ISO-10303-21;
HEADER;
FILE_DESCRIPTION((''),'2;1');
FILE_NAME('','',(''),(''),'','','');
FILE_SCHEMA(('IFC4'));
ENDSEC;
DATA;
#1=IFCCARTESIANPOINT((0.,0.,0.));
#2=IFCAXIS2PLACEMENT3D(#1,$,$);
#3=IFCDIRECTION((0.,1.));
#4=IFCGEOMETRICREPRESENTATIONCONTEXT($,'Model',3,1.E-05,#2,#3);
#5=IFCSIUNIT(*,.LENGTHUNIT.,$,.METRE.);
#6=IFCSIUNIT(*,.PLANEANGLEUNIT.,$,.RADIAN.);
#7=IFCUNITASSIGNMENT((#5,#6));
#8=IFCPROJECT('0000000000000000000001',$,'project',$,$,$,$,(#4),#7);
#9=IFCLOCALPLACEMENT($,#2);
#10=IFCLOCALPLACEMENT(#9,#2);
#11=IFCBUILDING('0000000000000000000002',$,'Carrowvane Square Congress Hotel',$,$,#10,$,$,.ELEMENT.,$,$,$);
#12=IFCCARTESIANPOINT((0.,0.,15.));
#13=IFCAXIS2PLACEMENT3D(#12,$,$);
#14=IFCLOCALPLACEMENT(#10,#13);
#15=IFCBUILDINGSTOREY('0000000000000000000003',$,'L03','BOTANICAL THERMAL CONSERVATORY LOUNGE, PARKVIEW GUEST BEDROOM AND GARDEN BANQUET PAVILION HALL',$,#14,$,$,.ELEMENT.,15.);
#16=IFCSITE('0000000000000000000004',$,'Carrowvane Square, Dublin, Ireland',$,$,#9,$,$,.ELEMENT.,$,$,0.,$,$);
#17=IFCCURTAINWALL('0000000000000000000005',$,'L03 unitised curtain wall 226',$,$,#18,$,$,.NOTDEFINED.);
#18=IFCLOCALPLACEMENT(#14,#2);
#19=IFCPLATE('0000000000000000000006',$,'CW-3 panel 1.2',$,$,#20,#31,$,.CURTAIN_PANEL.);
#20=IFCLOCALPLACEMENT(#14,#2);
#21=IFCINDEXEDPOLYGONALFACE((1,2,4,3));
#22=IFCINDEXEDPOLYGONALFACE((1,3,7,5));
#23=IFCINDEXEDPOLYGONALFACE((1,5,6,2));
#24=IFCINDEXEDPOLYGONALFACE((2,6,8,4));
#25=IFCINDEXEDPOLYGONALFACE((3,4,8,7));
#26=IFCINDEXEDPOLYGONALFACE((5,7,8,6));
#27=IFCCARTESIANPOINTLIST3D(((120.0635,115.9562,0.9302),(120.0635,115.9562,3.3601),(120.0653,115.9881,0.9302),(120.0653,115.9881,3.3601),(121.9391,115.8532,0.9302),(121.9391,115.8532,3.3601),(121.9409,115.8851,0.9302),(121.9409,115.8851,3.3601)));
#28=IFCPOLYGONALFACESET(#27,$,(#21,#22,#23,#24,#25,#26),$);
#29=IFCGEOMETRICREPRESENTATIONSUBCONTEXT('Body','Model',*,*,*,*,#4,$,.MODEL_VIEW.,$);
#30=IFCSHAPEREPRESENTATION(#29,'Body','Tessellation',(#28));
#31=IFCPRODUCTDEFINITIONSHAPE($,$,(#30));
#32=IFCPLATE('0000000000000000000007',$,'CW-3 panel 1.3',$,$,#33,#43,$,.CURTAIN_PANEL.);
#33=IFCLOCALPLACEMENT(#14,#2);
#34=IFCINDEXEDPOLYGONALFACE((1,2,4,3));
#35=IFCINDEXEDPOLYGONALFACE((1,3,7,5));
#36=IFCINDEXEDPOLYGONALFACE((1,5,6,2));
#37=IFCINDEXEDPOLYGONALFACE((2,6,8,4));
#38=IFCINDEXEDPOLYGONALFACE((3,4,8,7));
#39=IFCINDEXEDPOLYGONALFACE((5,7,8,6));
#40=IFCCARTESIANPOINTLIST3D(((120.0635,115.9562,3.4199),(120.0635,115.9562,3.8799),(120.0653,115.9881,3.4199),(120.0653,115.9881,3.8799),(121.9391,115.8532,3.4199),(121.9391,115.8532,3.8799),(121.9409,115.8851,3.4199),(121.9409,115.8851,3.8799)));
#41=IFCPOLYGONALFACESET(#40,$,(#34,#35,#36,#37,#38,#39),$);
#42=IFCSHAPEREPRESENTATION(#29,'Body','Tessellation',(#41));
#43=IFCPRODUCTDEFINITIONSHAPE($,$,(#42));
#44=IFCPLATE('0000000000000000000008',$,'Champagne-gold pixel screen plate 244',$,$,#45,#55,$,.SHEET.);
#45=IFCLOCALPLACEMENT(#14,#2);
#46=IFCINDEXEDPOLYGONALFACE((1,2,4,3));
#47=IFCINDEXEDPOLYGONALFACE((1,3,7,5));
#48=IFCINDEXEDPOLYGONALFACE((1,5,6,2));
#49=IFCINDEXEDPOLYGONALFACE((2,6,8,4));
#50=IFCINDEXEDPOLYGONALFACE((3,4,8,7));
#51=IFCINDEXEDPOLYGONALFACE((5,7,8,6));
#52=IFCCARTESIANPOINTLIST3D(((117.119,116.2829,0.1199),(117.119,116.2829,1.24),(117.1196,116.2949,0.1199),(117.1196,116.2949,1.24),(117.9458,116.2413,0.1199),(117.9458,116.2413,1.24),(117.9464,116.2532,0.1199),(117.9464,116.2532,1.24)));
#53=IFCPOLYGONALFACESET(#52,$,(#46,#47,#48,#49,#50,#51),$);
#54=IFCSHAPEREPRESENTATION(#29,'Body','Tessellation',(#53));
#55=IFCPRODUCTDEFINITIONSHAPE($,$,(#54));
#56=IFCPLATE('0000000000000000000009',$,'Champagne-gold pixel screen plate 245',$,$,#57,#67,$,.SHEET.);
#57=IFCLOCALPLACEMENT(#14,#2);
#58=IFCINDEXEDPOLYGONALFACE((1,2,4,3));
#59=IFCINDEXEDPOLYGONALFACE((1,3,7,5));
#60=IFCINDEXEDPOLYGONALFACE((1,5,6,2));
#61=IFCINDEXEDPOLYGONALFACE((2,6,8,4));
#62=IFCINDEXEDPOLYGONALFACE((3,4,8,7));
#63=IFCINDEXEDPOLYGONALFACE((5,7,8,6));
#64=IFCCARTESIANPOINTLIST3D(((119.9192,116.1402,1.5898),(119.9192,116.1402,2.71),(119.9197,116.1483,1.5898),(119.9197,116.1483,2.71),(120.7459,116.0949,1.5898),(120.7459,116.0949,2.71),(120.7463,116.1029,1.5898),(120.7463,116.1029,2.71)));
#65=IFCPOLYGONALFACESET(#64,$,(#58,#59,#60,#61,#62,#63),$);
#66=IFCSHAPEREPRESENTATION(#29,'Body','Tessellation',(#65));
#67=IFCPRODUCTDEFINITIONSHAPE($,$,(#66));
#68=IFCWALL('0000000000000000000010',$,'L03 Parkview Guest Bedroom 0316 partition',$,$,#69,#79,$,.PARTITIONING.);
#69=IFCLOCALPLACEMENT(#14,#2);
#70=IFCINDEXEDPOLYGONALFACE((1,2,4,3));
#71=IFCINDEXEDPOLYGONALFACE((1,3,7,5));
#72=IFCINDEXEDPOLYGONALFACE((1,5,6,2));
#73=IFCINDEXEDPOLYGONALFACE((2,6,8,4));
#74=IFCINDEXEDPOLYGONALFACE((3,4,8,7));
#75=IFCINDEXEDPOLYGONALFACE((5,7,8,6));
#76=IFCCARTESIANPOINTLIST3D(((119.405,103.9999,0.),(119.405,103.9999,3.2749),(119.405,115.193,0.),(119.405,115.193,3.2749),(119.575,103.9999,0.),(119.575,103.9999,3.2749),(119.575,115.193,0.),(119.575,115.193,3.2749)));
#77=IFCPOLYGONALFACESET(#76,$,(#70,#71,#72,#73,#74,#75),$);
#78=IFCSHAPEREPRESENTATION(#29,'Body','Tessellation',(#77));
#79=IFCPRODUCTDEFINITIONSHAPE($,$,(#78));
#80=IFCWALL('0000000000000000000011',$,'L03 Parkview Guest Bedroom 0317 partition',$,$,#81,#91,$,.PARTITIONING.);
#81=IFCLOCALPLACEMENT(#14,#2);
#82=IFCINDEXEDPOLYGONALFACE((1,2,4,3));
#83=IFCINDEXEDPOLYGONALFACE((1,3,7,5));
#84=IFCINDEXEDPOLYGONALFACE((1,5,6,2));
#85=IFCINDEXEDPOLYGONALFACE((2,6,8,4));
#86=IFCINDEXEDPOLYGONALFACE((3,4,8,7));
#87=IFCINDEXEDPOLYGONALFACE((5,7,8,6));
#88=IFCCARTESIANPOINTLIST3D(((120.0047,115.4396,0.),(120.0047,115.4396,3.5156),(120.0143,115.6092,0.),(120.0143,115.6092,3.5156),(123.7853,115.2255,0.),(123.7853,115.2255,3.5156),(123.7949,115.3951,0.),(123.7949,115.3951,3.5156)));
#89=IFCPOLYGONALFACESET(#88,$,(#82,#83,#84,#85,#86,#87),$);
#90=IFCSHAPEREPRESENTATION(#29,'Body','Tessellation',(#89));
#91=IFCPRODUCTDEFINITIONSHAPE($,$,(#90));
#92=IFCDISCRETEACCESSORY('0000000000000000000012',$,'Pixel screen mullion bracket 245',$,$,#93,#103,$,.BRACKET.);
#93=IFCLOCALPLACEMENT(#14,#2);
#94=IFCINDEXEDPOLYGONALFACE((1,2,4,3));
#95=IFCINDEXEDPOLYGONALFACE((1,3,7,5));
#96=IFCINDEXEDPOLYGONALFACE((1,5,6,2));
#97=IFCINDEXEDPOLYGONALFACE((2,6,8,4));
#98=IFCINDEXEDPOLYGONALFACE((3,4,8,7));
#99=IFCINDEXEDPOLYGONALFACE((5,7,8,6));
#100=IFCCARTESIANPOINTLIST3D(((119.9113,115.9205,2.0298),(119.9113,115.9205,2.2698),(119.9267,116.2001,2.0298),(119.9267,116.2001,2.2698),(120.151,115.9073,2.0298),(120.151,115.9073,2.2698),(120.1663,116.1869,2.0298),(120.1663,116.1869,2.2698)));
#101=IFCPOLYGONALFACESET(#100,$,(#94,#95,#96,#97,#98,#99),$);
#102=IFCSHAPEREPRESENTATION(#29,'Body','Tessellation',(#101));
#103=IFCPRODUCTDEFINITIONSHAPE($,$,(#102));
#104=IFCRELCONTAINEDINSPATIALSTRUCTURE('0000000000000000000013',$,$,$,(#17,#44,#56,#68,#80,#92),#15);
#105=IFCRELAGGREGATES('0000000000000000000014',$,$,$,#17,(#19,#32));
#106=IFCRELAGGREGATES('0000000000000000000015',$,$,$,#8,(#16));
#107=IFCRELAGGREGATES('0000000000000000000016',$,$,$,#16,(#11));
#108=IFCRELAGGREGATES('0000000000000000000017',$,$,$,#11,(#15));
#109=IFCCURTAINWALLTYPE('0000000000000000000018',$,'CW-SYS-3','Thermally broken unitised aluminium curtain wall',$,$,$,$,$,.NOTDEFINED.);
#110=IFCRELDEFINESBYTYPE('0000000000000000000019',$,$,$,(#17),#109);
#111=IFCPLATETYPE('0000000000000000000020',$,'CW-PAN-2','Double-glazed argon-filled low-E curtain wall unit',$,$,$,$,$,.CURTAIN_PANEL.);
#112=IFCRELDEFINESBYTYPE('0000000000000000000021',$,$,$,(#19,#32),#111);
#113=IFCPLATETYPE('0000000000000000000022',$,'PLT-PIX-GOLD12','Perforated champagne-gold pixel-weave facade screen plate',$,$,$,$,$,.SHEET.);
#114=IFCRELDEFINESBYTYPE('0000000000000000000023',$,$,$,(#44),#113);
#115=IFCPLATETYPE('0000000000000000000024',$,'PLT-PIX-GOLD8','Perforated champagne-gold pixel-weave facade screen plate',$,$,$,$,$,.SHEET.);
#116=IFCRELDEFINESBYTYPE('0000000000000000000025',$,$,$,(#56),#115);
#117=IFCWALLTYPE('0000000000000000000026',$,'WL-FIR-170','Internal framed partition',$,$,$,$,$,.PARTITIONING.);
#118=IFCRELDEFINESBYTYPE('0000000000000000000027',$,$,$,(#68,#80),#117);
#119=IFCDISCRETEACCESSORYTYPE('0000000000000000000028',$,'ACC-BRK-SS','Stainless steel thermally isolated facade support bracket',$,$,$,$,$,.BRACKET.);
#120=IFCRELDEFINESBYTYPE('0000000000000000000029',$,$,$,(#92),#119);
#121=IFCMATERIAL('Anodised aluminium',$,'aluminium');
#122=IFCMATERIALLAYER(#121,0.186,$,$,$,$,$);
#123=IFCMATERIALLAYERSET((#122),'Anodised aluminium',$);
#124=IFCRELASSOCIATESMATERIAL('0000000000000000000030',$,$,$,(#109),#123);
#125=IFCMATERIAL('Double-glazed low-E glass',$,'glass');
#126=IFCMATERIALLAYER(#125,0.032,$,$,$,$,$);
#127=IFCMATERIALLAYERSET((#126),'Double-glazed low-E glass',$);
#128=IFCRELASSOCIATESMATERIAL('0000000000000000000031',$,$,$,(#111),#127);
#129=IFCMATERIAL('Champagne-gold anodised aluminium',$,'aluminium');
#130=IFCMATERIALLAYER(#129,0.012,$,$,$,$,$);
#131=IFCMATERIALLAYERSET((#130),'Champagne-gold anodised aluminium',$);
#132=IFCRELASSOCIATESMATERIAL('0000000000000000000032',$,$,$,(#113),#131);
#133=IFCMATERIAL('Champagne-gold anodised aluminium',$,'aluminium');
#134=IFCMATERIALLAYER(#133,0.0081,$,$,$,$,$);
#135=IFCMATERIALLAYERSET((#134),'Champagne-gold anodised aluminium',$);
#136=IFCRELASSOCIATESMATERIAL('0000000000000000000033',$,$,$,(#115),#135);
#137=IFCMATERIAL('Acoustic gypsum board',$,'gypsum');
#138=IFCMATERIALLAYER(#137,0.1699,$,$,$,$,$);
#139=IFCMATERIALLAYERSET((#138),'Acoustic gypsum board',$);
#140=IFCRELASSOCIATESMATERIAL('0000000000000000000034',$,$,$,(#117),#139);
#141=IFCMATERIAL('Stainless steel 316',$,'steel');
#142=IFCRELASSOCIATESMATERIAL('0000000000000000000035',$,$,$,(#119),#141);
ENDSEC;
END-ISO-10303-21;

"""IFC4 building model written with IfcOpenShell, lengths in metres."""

from ifc_helpers import new_model, si_unit, direction, frame, frame_2d, origin, origin_2d, place, context, subcontext, project, spatial, rectangle, extrude, material, layer, layer_set, type_object, element, aggregate, save


model = new_model("IFC4")

# Units and contexts
model_context = context("Model", 3, precision=1e-05, world=origin(), true_north=direction((0.0, 1.0)))
body_context = subcontext(model_context, "Body", "Model", "MODEL_VIEW")
ifc_project = project(units=[si_unit("LENGTHUNIT", "METRE"), si_unit("PLANEANGLEUNIT", "RADIAN")], contexts=[model_context])

# Site, building, storey
site_placement = place(None, origin())
site = spatial("IfcSite", under=ifc_project, at=site_placement, Name="Carrowvane Square, Dublin, Ireland", CompositionType="ELEMENT", RefElevation=0.0)
building_placement = place(site_placement, origin())
building = spatial("IfcBuilding", under=site, at=building_placement, Name="Carrowvane Square Congress Hotel", CompositionType="ELEMENT")
storey_placement = place(building_placement, frame((0.0, 0.0, 15.0)))
storey = spatial("IfcBuildingStorey", under=building, at=storey_placement, Name="L03", Description="BOTANICAL THERMAL CONSERVATORY LOUNGE, PARKVIEW GUEST BEDROOM AND GARDEN BANQUET PAVILION HALL", CompositionType="ELEMENT", Elevation=15.0)

# Curtain wall
ifc_material_1 = material(Name="Anodised aluminium", Category="aluminium")
ifc_layer_1 = layer(ifc_material_1, 0.186)
ifc_layer_set_1 = layer_set([ifc_layer_1], Name="Anodised aluminium")
curtain_wall_type_1 = type_object("IfcCurtainWallType", Name="CW-SYS-3", Description="Thermally broken unitised aluminium curtain wall", PredefinedType="NOTDEFINED", material=ifc_layer_set_1)
curtain_wall_1_placement = place(storey_placement, origin())
curtain_wall_1 = element("IfcCurtainWall", 1, at=curtain_wall_1_placement, inside=storey, type_object=curtain_wall_type_1, Name="L03 unitised curtain wall 226", PredefinedType="NOTDEFINED")

# Plates
ifc_material_2 = material(Name="Double-glazed low-E glass", Category="glass")
ifc_layer_2 = layer(ifc_material_2, 0.032)
ifc_layer_set_2 = layer_set([ifc_layer_2], Name="Double-glazed low-E glass")
plate_type_1 = type_object("IfcPlateType", Name="CW-PAN-2", Description="Double-glazed argon-filled low-E curtain wall unit", PredefinedType="CURTAIN_PANEL", material=ifc_layer_set_2)
plate_1_placement = place(storey_placement, frame((121.0022, 115.9207, 0.9302), z_axis=(0.0, 0.0, 1.0), x_axis=(0.998496, -0.054816, 0.0)))
plate_1 = element("IfcPlate", 2, at=plate_1_placement, type_object=plate_type_1, Name="CW-3 panel 1.2", PredefinedType="CURTAIN_PANEL", context=body_context, shape_type="SweptSolid", body=[
    extrude(rectangle(XDim=1.8784, YDim=0.032, at=origin_2d()), origin(), (0.0, 0.0, 1.0), 2.4299),
])
plate_2_placement = place(storey_placement, frame((121.0022, 115.9207, 3.4199), z_axis=(0.0, 0.0, 1.0), x_axis=(0.998496, -0.054816, 0.0)))
plate_2 = element("IfcPlate", 3, at=plate_2_placement, type_object=plate_type_1, Name="CW-3 panel 1.3", PredefinedType="CURTAIN_PANEL", context=body_context, shape_type="SweptSolid", body=[
    extrude(rectangle(XDim=1.8784, YDim=0.032, at=origin_2d()), origin(), (0.0, 0.0, 1.0), 0.46),
])
aggregate(curtain_wall_1, [plate_1, plate_2])

# Plates
ifc_material_3 = material(Name="Champagne-gold anodised aluminium", Category="aluminium")
ifc_layer_3 = layer(ifc_material_3, 0.012)
ifc_layer_set_3 = layer_set([ifc_layer_3], Name="Champagne-gold anodised aluminium")
plate_type_2 = type_object("IfcPlateType", Name="PLT-PIX-GOLD12", Description="Perforated champagne-gold pixel-weave facade screen plate", PredefinedType="SHEET", material=ifc_layer_set_3)
plate_3_placement = place(storey_placement, frame((117.5327, 116.2681, 0.1199), z_axis=(0.0, 0.0, 1.0), x_axis=(0.998733, -0.050322, 0.0)))
element("IfcPlate", 4, at=plate_3_placement, inside=storey, type_object=plate_type_2, Name="Champagne-gold pixel screen plate 244", PredefinedType="SHEET", context=body_context, shape_type="SweptSolid", body=[
    extrude(rectangle(XDim=0.8279, YDim=0.012, at=origin_2d()), origin(), (0.0, 0.0, 1.0), 1.1201),
])
ifc_material_4 = material(Name="Champagne-gold anodised aluminium", Category="aluminium")
ifc_layer_4 = layer(ifc_material_4, 0.0081)
ifc_layer_set_4 = layer_set([ifc_layer_4], Name="Champagne-gold anodised aluminium")
plate_type_3 = type_object("IfcPlateType", Name="PLT-PIX-GOLD8", Description="Perforated champagne-gold pixel-weave facade screen plate", PredefinedType="SHEET", material=ifc_layer_set_4)
plate_4_placement = place(storey_placement, frame((120.3328, 116.1216, 1.5898), z_axis=(0.0, 0.0, 1.0), x_axis=(0.998497, -0.054815, 0.0)))
element("IfcPlate", 5, at=plate_4_placement, inside=storey, type_object=plate_type_3, Name="Champagne-gold pixel screen plate 245", PredefinedType="SHEET", context=body_context, shape_type="SweptSolid", body=[
    extrude(rectangle(XDim=0.8279, YDim=0.0081, at=origin_2d()), origin(), (0.0, 0.0, 1.0), 1.1201),
])

# Walls
ifc_material_5 = material(Name="Acoustic gypsum board", Category="gypsum")
ifc_layer_5 = layer(ifc_material_5, 0.1699)
ifc_layer_set_5 = layer_set([ifc_layer_5], Name="Acoustic gypsum board")
wall_type = type_object("IfcWallType", Name="WL-FIR-170", Description="Internal framed partition", PredefinedType="PARTITIONING", material=ifc_layer_set_5)
wall_1_placement = place(storey_placement, frame((119.49, 115.1931, 0.0), z_axis=(0.0, 0.0, 1.0), x_axis=(0.0, -1.0, 0.0)))
element("IfcWall", 6, at=wall_1_placement, inside=storey, type_object=wall_type, Name="L03 Parkview Guest Bedroom 0316 partition", PredefinedType="PARTITIONING", context=body_context, shape_type="SweptSolid", body=[
    extrude(rectangle(XDim=11.1931, YDim=0.1699, at=frame_2d((5.5967, 0.0))), origin(), (0.0, 0.0, 1.0), 3.2749),
])
wall_2_placement = place(storey_placement, frame((120.0095, 115.5244, 0.0), z_axis=(0.0, 0.0, 1.0), x_axis=(0.9984, -0.056545, 0.0)))
element("IfcWall", 7, at=wall_2_placement, inside=storey, type_object=wall_type, Name="L03 Parkview Guest Bedroom 0317 partition", PredefinedType="PARTITIONING", context=body_context, shape_type="SweptSolid", body=[
    extrude(rectangle(XDim=3.7866, YDim=0.1699, at=frame_2d((1.8933, 0.0))), origin(), (0.0, 0.0, 1.0), 3.5156),
])

# Discrete accessory
ifc_material_6 = material(Name="Stainless steel 316", Category="steel")
discrete_accessory_type = type_object("IfcDiscreteAccessoryType", Name="ACC-BRK-SS", Description="Stainless steel thermally isolated facade support bracket", PredefinedType="BRACKET", material=ifc_material_6)
discrete_accessory_placement = place(storey_placement, frame((120.0388, 116.0537, 2.0298), z_axis=(0.0, 0.0, 1.0), x_axis=(0.998497, -0.054815, 0.0)))
element("IfcDiscreteAccessory", 8, at=discrete_accessory_placement, inside=storey, type_object=discrete_accessory_type, Name="Pixel screen mullion bracket 245", PredefinedType="BRACKET", context=body_context, shape_type="SweptSolid", body=[
    extrude(rectangle(XDim=0.24, YDim=0.28, at=origin_2d()), origin(), (0.0, 0.0, 1.0), 0.24),
])

save(model, "model.ifc")
